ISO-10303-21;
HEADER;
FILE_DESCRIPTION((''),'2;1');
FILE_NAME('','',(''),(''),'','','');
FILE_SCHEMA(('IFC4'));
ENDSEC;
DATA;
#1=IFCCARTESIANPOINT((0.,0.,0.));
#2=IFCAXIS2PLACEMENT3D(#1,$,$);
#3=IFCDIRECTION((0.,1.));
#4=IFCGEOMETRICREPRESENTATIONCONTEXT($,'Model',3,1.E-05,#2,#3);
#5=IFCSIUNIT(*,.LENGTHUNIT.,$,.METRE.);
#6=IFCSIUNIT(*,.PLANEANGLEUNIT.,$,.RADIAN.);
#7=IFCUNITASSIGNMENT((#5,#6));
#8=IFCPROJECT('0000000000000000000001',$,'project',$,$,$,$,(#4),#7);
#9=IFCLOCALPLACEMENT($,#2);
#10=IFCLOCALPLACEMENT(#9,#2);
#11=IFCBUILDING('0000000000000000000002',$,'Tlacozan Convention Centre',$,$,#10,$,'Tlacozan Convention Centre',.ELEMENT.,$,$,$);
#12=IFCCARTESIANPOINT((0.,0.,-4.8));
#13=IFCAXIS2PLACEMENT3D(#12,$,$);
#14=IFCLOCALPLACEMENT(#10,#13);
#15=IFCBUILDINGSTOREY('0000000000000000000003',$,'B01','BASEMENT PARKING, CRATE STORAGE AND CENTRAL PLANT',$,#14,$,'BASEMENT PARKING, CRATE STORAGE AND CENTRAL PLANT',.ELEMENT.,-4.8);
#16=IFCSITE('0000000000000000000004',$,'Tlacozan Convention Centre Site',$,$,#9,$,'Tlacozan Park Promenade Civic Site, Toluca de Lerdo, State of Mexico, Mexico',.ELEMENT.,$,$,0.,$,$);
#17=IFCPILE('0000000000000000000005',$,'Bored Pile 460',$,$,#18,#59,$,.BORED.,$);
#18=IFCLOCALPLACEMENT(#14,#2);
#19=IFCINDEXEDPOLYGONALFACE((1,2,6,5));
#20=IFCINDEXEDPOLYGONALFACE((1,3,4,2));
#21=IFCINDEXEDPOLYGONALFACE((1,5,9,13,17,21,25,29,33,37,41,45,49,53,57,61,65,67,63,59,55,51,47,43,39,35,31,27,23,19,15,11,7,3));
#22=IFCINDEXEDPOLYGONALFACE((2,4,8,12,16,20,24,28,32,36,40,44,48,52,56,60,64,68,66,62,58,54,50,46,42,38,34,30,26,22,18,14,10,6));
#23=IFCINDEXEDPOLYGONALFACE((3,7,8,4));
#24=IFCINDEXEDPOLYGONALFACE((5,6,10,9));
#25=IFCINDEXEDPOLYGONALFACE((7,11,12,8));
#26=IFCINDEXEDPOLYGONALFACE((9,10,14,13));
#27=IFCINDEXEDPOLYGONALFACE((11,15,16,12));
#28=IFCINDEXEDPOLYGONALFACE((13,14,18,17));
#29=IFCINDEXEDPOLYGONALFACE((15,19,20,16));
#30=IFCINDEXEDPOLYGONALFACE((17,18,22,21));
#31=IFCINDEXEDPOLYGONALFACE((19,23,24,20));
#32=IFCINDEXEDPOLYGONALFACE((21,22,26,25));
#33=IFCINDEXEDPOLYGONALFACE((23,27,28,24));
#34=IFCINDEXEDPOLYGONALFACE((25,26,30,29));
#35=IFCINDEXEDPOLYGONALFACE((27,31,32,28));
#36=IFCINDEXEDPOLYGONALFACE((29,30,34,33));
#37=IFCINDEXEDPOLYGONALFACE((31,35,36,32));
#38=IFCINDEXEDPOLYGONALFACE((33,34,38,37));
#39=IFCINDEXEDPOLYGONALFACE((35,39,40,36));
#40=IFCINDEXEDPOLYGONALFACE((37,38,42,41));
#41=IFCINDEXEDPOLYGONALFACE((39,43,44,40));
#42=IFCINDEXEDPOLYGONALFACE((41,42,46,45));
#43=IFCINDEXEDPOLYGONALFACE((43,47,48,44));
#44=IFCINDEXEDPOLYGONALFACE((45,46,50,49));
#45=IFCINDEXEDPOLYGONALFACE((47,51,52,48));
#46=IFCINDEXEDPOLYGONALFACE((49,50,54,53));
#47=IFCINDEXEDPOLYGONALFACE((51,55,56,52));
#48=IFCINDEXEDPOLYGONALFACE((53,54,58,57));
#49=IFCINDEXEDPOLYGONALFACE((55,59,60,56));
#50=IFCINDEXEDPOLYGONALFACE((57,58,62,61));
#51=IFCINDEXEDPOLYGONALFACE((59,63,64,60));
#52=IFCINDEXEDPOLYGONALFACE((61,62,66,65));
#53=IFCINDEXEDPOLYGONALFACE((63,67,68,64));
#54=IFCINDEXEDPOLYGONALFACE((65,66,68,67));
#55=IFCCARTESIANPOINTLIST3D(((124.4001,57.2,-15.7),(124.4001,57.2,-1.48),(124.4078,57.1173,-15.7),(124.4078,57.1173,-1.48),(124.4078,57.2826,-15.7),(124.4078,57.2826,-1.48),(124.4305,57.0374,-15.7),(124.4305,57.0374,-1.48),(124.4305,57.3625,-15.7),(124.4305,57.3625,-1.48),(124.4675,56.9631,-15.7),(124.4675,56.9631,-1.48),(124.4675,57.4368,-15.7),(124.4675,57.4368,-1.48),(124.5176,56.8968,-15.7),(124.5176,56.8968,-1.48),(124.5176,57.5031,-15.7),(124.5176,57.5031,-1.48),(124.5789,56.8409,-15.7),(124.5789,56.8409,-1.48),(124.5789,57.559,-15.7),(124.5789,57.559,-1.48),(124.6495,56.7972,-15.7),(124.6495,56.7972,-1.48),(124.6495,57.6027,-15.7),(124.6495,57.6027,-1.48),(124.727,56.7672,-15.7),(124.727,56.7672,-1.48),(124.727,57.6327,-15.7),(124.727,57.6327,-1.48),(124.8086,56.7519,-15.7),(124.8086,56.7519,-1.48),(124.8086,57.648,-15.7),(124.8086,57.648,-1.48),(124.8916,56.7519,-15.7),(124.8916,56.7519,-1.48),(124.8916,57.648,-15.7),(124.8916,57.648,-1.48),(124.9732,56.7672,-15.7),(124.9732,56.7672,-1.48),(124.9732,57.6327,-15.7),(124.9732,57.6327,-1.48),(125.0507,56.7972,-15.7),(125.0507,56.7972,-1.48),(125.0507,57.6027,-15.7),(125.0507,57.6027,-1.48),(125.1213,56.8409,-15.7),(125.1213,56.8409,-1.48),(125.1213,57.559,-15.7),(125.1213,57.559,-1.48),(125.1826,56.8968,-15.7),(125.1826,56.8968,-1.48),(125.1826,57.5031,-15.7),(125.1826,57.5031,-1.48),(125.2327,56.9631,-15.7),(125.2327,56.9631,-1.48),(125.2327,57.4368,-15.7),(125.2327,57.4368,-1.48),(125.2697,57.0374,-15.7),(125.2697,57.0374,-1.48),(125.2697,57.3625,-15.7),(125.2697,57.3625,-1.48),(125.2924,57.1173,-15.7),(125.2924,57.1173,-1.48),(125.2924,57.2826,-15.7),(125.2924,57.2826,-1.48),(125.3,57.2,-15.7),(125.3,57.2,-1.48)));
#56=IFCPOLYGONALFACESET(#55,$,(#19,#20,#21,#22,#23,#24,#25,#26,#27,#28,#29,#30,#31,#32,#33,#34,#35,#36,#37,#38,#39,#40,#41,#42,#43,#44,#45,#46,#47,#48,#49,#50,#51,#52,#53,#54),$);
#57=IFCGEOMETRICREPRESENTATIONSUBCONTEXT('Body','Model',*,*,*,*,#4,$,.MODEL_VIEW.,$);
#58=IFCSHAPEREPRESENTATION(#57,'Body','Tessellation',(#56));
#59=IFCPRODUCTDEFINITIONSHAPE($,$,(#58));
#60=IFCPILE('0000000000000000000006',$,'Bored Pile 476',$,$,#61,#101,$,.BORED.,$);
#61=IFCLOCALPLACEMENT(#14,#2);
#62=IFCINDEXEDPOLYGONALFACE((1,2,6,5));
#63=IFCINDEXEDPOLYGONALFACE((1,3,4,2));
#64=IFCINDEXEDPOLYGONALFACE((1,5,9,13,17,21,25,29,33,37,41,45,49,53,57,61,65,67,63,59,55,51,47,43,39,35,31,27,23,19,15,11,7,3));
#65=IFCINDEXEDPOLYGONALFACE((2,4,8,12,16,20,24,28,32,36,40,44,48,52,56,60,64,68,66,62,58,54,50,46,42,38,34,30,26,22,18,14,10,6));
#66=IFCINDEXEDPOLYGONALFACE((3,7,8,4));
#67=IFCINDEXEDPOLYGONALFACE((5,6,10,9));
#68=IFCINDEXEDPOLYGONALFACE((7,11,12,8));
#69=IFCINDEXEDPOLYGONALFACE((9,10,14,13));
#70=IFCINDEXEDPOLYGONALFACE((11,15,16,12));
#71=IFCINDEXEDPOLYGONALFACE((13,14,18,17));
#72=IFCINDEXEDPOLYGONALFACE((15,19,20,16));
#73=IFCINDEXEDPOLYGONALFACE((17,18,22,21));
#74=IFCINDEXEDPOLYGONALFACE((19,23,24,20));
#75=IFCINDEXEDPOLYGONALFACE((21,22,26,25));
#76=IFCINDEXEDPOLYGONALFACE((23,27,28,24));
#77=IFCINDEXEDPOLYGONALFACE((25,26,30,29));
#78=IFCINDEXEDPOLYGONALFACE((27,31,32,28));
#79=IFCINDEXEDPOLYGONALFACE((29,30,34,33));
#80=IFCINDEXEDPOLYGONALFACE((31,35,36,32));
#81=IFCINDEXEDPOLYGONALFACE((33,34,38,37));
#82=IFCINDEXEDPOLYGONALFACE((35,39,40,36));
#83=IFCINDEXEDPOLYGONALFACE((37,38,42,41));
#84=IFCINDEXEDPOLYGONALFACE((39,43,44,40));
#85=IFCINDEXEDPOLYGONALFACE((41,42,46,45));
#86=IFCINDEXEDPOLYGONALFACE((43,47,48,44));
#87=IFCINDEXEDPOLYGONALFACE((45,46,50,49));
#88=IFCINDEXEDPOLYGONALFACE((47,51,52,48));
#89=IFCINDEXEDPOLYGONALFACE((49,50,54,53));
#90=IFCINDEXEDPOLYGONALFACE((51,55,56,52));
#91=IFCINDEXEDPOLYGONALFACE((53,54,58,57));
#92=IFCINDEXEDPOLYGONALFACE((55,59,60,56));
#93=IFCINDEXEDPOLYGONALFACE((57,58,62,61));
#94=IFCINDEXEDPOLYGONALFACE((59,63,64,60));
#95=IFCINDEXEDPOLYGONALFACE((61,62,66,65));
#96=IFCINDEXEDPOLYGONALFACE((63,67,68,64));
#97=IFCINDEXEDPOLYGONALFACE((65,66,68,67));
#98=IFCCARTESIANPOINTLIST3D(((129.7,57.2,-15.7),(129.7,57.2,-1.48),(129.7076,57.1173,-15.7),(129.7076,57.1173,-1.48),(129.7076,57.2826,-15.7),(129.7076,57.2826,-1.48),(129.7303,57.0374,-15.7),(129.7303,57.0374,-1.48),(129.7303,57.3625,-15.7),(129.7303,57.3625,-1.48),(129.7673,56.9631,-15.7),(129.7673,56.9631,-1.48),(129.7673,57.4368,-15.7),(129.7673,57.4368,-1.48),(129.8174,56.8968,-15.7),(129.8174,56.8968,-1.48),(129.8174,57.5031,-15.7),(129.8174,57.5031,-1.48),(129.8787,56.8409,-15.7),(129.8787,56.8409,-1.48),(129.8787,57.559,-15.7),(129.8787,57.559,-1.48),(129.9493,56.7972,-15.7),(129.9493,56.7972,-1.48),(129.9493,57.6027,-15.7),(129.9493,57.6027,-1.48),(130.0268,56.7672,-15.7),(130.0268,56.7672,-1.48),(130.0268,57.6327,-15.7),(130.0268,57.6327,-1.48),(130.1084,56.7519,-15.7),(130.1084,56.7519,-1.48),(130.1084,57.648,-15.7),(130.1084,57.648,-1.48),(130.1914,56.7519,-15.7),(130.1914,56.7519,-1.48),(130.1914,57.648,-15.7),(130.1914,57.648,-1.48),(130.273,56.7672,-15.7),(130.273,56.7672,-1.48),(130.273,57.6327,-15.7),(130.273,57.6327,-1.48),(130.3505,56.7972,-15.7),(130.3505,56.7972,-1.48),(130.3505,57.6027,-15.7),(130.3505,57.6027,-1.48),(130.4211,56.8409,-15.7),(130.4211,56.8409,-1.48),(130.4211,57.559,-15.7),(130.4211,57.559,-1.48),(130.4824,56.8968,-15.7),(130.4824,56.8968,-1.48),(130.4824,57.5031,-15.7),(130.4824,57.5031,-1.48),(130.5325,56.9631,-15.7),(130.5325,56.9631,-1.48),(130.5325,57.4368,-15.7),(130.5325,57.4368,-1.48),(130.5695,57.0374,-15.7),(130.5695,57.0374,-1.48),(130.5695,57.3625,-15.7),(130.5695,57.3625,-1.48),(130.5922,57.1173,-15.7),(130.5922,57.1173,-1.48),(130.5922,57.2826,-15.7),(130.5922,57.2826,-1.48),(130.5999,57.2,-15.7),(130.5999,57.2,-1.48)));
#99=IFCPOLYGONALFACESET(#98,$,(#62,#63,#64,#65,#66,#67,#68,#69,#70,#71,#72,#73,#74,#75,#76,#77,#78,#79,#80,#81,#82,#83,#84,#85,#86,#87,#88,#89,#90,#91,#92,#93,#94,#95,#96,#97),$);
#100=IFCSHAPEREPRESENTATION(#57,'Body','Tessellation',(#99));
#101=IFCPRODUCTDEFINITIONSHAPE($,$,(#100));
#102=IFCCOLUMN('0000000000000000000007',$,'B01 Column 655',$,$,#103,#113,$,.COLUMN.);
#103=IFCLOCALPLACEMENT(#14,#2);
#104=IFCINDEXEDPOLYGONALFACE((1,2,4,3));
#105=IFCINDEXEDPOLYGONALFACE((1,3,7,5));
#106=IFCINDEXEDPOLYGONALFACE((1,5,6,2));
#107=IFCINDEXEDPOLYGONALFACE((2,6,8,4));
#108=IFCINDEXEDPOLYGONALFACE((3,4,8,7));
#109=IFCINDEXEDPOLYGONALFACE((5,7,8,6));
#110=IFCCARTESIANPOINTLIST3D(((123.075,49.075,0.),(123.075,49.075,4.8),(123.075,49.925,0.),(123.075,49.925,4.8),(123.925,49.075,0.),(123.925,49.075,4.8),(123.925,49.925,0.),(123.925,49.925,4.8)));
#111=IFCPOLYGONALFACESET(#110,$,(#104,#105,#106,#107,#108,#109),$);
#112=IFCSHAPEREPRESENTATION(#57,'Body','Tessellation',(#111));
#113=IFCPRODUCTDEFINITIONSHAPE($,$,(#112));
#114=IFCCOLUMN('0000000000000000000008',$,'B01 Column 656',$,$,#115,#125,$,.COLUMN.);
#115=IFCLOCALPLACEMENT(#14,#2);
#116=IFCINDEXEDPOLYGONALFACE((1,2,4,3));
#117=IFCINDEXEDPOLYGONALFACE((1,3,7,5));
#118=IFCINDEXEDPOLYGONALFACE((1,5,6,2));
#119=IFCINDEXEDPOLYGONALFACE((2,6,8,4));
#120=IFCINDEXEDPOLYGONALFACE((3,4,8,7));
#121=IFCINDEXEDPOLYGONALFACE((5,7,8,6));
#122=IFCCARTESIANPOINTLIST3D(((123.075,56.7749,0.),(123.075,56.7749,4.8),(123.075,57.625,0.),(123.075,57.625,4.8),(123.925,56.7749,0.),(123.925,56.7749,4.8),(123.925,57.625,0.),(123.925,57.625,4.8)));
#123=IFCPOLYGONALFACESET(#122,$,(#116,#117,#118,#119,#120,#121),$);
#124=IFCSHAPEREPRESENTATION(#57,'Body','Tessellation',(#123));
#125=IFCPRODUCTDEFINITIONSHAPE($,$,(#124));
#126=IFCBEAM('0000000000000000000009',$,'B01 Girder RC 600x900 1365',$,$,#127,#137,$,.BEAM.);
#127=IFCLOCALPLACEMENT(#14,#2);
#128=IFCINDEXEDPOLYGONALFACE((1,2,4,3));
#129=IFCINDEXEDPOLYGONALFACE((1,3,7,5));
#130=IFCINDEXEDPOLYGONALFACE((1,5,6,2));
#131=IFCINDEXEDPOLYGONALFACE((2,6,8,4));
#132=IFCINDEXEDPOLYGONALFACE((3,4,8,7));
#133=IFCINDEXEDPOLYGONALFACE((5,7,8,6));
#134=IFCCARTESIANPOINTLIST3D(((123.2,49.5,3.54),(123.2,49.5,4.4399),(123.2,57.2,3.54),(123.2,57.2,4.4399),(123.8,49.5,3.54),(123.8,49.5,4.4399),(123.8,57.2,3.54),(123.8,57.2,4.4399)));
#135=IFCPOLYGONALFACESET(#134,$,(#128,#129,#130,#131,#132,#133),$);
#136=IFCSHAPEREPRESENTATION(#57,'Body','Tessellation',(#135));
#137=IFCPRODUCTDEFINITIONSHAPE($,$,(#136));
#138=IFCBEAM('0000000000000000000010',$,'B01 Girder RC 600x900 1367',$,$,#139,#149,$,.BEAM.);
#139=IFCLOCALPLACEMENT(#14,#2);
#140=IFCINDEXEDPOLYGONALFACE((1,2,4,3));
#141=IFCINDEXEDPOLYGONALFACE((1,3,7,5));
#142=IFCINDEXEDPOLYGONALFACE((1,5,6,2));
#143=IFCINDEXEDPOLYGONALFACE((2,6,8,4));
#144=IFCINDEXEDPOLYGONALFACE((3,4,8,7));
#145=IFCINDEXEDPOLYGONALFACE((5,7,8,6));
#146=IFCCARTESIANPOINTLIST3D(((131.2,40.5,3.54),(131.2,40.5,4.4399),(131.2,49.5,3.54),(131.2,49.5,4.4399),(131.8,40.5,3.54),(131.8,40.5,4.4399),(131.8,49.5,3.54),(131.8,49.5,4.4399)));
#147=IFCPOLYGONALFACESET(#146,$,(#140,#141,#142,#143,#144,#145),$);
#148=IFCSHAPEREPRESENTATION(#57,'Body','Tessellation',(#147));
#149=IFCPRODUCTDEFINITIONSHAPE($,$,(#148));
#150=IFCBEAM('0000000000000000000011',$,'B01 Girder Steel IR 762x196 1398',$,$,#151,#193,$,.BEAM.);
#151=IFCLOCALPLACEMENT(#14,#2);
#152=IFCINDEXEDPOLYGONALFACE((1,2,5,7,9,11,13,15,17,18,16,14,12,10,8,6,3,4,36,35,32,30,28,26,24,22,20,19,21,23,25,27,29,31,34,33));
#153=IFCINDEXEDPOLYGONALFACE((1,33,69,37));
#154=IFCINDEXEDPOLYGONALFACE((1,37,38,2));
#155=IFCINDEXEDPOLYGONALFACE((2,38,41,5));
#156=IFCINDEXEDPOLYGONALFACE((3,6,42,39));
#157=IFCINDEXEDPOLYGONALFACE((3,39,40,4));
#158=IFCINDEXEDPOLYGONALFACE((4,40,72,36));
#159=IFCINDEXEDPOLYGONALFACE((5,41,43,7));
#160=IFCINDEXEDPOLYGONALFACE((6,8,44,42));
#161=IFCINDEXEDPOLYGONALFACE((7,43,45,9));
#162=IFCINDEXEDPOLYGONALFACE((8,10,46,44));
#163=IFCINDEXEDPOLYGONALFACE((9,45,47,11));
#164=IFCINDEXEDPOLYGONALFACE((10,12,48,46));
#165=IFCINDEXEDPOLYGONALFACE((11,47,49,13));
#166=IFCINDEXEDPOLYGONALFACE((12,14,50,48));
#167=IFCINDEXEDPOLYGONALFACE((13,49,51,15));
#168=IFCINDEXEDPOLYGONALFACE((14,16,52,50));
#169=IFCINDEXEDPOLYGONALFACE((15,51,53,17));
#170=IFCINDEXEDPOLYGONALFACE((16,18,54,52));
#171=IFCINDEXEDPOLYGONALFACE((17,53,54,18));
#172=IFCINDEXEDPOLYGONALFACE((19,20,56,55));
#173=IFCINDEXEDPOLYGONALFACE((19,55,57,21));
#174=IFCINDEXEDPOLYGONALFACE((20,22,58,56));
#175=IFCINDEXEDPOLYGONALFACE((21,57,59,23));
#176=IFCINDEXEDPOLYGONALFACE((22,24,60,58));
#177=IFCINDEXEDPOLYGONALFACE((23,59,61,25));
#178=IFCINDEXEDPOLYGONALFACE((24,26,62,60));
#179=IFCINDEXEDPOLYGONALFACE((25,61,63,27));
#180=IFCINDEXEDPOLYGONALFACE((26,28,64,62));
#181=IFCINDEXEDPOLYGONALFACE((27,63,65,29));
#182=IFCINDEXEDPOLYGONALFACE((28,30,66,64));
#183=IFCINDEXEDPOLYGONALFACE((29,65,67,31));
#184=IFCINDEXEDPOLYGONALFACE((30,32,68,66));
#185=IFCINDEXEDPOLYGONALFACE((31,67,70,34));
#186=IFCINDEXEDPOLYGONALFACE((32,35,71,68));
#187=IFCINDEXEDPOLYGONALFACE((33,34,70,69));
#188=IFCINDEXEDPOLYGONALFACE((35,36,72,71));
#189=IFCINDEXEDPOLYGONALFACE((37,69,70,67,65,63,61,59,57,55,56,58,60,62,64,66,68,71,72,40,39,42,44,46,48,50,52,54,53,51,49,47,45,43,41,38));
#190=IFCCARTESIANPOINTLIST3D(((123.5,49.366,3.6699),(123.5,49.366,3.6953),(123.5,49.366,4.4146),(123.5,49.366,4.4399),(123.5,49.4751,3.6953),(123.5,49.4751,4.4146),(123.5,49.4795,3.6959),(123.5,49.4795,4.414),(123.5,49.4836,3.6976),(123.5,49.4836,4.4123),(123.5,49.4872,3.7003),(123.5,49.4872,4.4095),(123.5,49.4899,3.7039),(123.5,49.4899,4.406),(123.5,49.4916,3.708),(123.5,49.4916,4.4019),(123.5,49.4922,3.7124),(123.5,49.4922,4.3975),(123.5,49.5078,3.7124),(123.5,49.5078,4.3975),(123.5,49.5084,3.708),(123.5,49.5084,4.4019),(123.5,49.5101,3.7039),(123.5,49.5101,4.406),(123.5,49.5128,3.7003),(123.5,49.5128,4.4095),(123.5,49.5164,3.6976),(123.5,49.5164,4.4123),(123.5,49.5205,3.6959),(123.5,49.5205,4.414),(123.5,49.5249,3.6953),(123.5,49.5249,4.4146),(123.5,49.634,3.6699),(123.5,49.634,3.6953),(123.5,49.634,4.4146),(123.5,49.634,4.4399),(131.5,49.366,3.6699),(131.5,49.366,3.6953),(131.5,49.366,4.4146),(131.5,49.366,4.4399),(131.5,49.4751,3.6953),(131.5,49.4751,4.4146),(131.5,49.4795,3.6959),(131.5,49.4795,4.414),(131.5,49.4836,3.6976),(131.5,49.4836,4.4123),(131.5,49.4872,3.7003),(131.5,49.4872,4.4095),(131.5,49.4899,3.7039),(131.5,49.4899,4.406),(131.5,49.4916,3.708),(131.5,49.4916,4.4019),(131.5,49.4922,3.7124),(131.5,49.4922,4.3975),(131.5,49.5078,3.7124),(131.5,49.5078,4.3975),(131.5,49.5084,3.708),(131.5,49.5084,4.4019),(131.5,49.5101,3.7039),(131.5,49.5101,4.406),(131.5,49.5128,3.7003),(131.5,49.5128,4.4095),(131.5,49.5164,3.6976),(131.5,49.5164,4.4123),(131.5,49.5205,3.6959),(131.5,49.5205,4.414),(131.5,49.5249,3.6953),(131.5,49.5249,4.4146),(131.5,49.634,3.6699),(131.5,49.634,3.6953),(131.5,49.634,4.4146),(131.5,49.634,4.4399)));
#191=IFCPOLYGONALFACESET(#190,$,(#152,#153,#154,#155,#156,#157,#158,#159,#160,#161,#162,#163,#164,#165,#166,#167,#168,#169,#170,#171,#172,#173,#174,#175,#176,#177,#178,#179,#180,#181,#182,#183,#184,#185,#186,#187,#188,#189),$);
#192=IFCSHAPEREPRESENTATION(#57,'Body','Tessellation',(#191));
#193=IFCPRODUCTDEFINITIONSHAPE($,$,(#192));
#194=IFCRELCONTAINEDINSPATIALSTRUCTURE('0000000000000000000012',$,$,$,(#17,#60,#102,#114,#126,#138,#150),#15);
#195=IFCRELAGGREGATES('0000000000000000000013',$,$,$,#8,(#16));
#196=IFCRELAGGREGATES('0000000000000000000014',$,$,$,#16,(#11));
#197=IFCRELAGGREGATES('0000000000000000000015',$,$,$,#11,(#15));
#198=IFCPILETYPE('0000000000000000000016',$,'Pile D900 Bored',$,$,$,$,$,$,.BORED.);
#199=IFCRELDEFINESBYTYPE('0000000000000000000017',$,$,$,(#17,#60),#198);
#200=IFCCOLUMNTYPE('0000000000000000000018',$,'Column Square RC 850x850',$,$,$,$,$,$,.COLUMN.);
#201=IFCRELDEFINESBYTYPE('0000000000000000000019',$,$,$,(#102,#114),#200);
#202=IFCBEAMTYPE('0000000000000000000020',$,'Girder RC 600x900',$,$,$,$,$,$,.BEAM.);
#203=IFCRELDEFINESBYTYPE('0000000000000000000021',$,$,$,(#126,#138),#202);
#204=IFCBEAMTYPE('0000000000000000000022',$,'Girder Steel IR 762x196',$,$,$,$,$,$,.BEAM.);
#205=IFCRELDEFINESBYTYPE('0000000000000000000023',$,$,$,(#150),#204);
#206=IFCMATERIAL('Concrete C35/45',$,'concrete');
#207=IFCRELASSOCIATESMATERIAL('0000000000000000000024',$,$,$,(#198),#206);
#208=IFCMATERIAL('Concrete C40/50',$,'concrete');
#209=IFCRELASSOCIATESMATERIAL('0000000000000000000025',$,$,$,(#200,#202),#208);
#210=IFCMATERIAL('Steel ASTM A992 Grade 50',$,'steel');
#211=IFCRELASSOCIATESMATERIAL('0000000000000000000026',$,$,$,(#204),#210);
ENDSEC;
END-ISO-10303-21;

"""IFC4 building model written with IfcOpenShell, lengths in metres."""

from ifc_helpers import new_model, si_unit, direction, frame, origin, origin_2d, place, context, subcontext, project, spatial, rectangle, circle, i_section, extrude, material, material_profile, profile_set, type_object, element, save


model = new_model("IFC4")

# Units and contexts
model_context = context("Model", 3, precision=1e-05, world=origin(), true_north=direction((0.0, 1.0)))
body_context = subcontext(model_context, "Body", "Model", "MODEL_VIEW")
ifc_project = project(units=[si_unit("LENGTHUNIT", "METRE"), si_unit("PLANEANGLEUNIT", "RADIAN")], contexts=[model_context])

# Site, building, storey
site_placement = place(None, origin())
site = spatial("IfcSite", under=ifc_project, at=site_placement, Name="Tlacozan Convention Centre Site", LongName="Tlacozan Park Promenade Civic Site, Toluca de Lerdo, State of Mexico, Mexico", CompositionType="ELEMENT", RefElevation=0.0)
building_placement = place(site_placement, origin())
building = spatial("IfcBuilding", under=site, at=building_placement, Name="Tlacozan Convention Centre", LongName="Tlacozan Convention Centre", CompositionType="ELEMENT")
storey_placement = place(building_placement, frame((0.0, 0.0, -4.8)))
storey = spatial("IfcBuildingStorey", under=building, at=storey_placement, Name="B01", Description="BASEMENT PARKING, CRATE STORAGE AND CENTRAL PLANT", LongName="BASEMENT PARKING, CRATE STORAGE AND CENTRAL PLANT", CompositionType="ELEMENT", Elevation=-4.8)

# Shared definitions
ifc_material_1 = material(Name="Concrete C35/45", Category="concrete")

# Piles
ifc_material_profile_1 = material_profile(ifc_material_1, circle(Radius=0.45, at=origin_2d()), Name="PILE D900")
ifc_profile_set_1 = profile_set([ifc_material_profile_1], Name="Concrete C35/45")
pile_type_1 = type_object("IfcPileType", Name="Pile D900 Bored", PredefinedType="BORED", material=ifc_profile_set_1)
for number, where, z_axis, x_axis, name in (
    (1, (124.8501, 57.2, -1.48), (0.0, 0.0, -1.0), (1.0, 0.0, 0.0), "Bored Pile 460"),
    (2, (130.1499, 57.2, -1.48), (0.0, 0.0, -1.0), (1.0, 0.0, 0.0), "Bored Pile 476"),
):
    element("IfcPile", number, at=place(storey_placement, frame(where, z_axis=z_axis, x_axis=x_axis)), inside=storey, type_object=pile_type_1, Name=name, PredefinedType="BORED", context=body_context, shape_type="SweptSolid", body=[
        extrude(circle(Radius=0.45, at=origin_2d()), origin(), (0.0, 0.0, 1.0), 14.22),
    ])

# Columns
ifc_material_2 = material(Name="Concrete C40/50", Category="concrete")
ifc_material_profile_2 = material_profile(ifc_material_2, rectangle(XDim=0.8501, YDim=0.8501, at=origin_2d()), Name="RC 850x850")
ifc_profile_set_2 = profile_set([ifc_material_profile_2], Name="Concrete C40/50")
column_type = type_object("IfcColumnType", Name="Column Square RC 850x850", PredefinedType="COLUMN", material=ifc_profile_set_2)
for number, where, z_axis, x_axis, name in (
    (3, (123.5, 49.5, 0.0), (0.0, 0.0, 1.0), (1.0, 0.0, 0.0), "B01 Column 655"),
    (4, (123.5, 57.2, 0.0), (0.0, 0.0, 1.0), (1.0, 0.0, 0.0), "B01 Column 656"),
):
    element("IfcColumn", number, at=place(storey_placement, frame(where, z_axis=z_axis, x_axis=x_axis)), inside=storey, type_object=column_type, Name=name, PredefinedType="COLUMN", context=body_context, shape_type="SweptSolid", body=[
        extrude(rectangle(XDim=0.8501, YDim=0.8501, at=origin_2d()), origin(), (0.0, 0.0, 1.0), 4.8),
    ])

# Beams
ifc_material_profile_3 = material_profile(ifc_material_2, rectangle(XDim=0.6001, YDim=0.8999, at=origin_2d()), Name="RC 600x900")
ifc_profile_set_3 = profile_set([ifc_material_profile_3], Name="Concrete C40/50")
beam_type_1 = type_object("IfcBeamType", Name="Girder RC 600x900", PredefinedType="BEAM", material=ifc_profile_set_3)
beam_1_placement = place(storey_placement, frame((123.5, 49.5, 3.99), z_axis=(0.0, 1.0, 0.0), x_axis=(-1.0, 0.0, 0.0)))
element("IfcBeam", 5, at=beam_1_placement, inside=storey, type_object=beam_type_1, Name="B01 Girder RC 600x900 1365", PredefinedType="BEAM", context=body_context, shape_type="SweptSolid", body=[
    extrude(rectangle(XDim=0.6001, YDim=0.8999, at=origin_2d()), origin(), (0.0, 0.0, 1.0), 7.7),
])
beam_2_placement = place(storey_placement, frame((131.5, 40.5, 3.99), z_axis=(0.0, 1.0, 0.0), x_axis=(-1.0, 0.0, 0.0)))
element("IfcBeam", 6, at=beam_2_placement, inside=storey, type_object=beam_type_1, Name="B01 Girder RC 600x900 1367", PredefinedType="BEAM", context=body_context, shape_type="SweptSolid", body=[
    extrude(rectangle(XDim=0.6001, YDim=0.8999, at=origin_2d()), origin(), (0.0, 0.0, 1.0), 9.0),
])
ifc_material_3 = material(Name="Steel ASTM A992 Grade 50", Category="steel")
ifc_material_profile_4 = material_profile(ifc_material_3, i_section(OverallWidth=0.2681, OverallDepth=0.77, WebThickness=0.0156, FlangeThickness=0.0254, FilletRadius=0.0171, at=origin_2d()), Name="IR 762x196.0")
ifc_profile_set_4 = profile_set([ifc_material_profile_4], Name="Steel ASTM A992 Grade 50")
beam_type_2 = type_object("IfcBeamType", Name="Girder Steel IR 762x196", PredefinedType="BEAM", material=ifc_profile_set_4)
for number, where, z_axis, x_axis, name in (
    (7, (123.5, 49.5, 4.0549), (1.0, 0.0, 0.0), (0.0, 1.0, 0.0), "B01 Girder Steel IR 762x196 1398"),
):
    element("IfcBeam", number, at=place(storey_placement, frame(where, z_axis=z_axis, x_axis=x_axis)), inside=storey, type_object=beam_type_2, Name=name, PredefinedType="BEAM", context=body_context, shape_type="SweptSolid", body=[
        extrude(i_section(OverallWidth=0.2681, OverallDepth=0.77, WebThickness=0.0156, FlangeThickness=0.0254, FilletRadius=0.0171, at=origin_2d()), origin(), (0.0, 0.0, 1.0), 8.0),
    ])

save(model, "model.ifc")
